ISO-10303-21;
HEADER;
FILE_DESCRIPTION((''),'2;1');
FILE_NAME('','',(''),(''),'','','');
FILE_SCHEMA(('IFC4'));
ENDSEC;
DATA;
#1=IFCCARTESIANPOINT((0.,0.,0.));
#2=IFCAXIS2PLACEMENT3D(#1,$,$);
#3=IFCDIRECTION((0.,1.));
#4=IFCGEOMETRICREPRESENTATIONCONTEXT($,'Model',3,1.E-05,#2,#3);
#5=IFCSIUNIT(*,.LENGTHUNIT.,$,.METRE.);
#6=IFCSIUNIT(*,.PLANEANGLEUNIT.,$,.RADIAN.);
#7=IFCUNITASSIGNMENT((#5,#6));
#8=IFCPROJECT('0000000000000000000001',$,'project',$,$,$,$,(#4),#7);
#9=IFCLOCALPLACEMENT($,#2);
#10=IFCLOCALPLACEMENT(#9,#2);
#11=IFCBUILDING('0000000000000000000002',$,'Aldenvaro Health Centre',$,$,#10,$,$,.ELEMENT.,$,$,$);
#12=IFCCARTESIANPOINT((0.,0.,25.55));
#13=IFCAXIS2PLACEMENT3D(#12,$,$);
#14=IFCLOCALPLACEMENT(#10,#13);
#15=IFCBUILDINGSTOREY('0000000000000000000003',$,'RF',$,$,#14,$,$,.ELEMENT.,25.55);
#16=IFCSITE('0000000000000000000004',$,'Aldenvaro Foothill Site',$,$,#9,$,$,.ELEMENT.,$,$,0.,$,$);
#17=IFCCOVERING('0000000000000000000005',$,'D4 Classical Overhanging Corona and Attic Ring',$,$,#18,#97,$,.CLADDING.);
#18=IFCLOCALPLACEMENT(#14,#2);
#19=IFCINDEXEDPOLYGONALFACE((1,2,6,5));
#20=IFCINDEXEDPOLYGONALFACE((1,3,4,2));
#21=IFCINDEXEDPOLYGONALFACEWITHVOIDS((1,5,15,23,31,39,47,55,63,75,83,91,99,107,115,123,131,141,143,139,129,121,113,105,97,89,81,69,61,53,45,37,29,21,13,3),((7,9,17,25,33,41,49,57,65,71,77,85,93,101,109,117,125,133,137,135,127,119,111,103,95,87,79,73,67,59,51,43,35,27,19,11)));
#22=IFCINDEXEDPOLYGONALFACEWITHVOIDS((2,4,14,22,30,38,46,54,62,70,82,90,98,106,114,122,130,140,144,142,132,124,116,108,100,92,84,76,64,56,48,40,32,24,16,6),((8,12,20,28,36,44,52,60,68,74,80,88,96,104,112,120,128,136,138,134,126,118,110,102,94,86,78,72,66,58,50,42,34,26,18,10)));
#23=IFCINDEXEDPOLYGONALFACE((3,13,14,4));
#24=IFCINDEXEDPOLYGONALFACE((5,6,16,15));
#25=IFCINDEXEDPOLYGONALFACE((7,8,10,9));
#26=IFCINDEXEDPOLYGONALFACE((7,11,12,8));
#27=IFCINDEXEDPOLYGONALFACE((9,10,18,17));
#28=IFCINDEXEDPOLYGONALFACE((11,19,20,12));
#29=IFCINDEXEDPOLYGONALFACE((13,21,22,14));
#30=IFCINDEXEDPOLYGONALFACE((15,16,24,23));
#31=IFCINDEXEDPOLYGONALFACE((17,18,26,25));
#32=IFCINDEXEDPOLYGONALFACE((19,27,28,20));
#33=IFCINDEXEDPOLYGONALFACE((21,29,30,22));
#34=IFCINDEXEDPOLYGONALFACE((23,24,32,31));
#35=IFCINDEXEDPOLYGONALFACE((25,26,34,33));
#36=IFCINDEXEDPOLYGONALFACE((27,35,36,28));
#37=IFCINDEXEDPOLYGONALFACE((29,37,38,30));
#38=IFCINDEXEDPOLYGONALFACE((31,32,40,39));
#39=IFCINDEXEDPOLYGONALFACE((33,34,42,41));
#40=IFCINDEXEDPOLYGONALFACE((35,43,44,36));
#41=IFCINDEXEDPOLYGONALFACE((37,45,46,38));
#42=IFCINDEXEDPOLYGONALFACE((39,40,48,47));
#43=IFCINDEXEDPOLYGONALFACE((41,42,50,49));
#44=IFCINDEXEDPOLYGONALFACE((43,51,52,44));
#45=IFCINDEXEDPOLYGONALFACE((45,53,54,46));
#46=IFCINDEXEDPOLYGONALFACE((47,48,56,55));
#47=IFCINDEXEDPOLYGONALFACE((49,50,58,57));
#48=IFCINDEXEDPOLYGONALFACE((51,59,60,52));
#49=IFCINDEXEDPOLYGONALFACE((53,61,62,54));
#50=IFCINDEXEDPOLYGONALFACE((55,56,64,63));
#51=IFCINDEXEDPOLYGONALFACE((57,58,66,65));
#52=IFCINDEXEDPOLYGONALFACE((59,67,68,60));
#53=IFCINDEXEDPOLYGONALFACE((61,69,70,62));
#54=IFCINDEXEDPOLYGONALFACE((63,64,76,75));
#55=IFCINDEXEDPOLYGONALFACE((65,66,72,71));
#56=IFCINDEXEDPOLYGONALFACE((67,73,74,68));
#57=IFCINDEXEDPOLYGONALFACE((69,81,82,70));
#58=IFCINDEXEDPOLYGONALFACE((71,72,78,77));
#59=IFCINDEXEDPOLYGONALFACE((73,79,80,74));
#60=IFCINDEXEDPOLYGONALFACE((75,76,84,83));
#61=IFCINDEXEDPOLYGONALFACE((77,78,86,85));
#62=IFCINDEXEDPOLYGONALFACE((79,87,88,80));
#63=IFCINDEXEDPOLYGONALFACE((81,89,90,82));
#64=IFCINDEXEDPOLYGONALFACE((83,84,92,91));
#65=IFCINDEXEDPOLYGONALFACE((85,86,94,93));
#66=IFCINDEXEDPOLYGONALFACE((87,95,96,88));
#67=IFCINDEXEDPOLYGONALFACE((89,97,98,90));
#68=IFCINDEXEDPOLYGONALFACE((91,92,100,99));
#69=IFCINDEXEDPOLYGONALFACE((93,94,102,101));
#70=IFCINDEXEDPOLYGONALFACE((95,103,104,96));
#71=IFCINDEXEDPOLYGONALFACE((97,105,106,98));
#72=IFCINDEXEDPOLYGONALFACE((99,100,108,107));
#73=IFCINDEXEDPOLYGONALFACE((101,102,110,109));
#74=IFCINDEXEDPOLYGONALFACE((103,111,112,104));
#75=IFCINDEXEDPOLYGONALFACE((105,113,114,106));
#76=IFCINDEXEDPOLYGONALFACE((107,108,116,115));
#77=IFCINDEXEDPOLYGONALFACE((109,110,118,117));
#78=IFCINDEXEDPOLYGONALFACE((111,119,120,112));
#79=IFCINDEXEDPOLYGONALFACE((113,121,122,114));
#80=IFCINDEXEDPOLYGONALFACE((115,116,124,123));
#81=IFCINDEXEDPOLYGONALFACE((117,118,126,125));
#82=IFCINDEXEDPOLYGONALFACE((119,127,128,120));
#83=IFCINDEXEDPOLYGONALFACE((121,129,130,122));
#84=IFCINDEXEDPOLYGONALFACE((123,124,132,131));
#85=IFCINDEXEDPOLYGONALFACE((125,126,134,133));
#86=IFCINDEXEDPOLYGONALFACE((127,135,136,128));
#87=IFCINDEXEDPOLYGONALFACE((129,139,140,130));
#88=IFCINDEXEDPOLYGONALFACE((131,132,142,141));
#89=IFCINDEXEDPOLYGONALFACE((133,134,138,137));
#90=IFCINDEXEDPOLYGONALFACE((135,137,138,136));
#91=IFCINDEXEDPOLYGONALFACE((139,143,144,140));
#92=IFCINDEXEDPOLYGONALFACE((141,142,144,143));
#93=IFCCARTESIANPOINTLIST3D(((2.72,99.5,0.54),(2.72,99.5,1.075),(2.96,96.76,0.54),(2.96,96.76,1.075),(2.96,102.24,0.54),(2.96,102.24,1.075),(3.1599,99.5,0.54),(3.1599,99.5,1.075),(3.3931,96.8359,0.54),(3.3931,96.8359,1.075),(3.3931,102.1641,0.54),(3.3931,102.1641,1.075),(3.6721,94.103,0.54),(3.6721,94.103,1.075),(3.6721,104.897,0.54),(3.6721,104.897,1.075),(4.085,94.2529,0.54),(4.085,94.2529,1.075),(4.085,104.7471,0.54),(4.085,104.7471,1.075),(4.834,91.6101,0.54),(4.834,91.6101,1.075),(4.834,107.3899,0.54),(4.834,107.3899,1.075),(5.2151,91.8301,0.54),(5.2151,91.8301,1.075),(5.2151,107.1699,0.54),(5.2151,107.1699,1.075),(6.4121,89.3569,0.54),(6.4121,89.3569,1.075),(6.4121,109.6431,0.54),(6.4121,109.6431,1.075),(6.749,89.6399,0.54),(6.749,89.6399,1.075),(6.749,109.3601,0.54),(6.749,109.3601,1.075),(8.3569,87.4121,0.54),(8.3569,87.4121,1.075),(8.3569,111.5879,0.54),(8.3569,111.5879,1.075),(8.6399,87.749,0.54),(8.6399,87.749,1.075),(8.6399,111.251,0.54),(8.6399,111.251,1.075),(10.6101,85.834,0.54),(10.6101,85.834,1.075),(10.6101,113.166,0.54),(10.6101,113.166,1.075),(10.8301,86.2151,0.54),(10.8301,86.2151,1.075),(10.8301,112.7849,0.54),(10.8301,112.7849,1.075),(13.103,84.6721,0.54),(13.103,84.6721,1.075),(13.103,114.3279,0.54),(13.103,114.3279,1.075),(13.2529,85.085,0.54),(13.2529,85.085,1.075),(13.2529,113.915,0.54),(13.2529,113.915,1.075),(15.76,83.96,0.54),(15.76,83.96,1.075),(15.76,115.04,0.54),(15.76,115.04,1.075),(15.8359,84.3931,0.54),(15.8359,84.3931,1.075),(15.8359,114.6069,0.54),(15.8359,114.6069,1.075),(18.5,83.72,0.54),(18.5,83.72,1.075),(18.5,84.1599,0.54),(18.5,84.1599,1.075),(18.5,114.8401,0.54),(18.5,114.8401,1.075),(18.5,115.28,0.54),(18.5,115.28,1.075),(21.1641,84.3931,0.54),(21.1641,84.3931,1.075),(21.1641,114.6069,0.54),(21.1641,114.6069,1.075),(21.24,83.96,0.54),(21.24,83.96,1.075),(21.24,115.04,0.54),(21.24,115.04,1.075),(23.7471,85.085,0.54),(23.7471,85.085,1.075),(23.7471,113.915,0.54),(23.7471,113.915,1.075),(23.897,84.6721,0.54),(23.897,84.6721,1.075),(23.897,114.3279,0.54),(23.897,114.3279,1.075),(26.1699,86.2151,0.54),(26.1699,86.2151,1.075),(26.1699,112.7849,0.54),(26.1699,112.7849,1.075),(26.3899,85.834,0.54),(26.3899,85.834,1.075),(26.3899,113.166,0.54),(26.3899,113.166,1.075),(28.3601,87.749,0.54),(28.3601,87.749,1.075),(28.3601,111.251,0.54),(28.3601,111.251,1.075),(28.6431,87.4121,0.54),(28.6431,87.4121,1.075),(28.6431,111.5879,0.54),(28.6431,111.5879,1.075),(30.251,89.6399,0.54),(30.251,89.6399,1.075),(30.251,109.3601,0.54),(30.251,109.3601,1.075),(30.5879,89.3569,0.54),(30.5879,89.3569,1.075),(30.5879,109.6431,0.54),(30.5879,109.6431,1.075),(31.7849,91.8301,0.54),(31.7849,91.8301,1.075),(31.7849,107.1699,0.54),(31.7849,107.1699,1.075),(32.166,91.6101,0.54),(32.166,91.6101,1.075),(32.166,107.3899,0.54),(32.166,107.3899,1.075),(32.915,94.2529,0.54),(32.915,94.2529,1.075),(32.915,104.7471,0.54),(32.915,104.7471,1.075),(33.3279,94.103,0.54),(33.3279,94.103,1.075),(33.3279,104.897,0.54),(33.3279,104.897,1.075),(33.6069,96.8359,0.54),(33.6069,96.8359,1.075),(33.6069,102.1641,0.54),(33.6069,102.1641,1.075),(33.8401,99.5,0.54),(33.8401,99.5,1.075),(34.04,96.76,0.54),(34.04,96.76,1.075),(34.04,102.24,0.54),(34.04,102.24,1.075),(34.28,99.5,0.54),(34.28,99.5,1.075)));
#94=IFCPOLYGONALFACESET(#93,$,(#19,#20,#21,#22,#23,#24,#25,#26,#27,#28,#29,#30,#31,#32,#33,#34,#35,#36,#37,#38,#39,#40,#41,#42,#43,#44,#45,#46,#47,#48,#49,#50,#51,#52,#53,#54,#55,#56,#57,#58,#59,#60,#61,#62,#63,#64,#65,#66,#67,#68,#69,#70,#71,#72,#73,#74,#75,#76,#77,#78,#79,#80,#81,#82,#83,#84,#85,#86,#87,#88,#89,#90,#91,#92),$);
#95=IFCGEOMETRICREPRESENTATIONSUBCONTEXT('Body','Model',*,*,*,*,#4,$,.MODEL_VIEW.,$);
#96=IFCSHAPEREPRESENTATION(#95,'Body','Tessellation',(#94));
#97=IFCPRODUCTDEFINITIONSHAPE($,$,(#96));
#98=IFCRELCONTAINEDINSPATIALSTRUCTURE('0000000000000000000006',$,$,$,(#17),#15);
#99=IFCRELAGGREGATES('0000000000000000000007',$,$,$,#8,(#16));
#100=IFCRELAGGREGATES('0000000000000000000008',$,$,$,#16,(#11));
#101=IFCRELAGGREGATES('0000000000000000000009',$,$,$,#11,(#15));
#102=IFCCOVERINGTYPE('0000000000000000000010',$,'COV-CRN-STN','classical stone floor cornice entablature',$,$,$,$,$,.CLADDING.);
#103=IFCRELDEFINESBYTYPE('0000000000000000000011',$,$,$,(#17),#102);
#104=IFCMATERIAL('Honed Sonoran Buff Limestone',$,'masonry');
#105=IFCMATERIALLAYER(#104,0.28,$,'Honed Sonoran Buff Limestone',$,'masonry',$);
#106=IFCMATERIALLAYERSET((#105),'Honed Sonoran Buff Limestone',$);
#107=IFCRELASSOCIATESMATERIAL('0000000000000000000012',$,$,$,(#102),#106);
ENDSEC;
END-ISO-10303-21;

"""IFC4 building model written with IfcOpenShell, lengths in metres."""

from ifc_helpers import new_model, si_unit, direction, frame, origin, place, context, subcontext, project, spatial, polyline, outline, extrude, material, layer, layer_set, type_object, element, save


model = new_model("IFC4")

# Units and contexts
model_context = context("Model", 3, precision=1e-05, world=origin(), true_north=direction((0.0, 1.0)))
body_context = subcontext(model_context, "Body", "Model", "MODEL_VIEW")
ifc_project = project(units=[si_unit("LENGTHUNIT", "METRE"), si_unit("PLANEANGLEUNIT", "RADIAN")], contexts=[model_context])

# Site, building, storey
site_placement = place(None, origin())
site = spatial("IfcSite", under=ifc_project, at=site_placement, Name="Aldenvaro Foothill Site", CompositionType="ELEMENT", RefElevation=0.0)
building_placement = place(site_placement, origin())
building = spatial("IfcBuilding", under=site, at=building_placement, Name="Aldenvaro Health Centre", CompositionType="ELEMENT")
storey_placement = place(building_placement, frame((0.0, 0.0, 25.55)))
storey = spatial("IfcBuildingStorey", under=building, at=storey_placement, Name="RF", CompositionType="ELEMENT", Elevation=25.55)

# Covering
ifc_material_1 = material(Name="Honed Sonoran Buff Limestone", Category="masonry")
ifc_layer_1 = layer(ifc_material_1, 0.28, Name="Honed Sonoran Buff Limestone", Category="masonry")
ifc_layer_set_1 = layer_set([ifc_layer_1], Name="Honed Sonoran Buff Limestone")
covering_type = type_object("IfcCoveringType", Name="COV-CRN-STN", Description="classical stone floor cornice entablature", PredefinedType="CLADDING", material=ifc_layer_set_1)
covering_1_placement = place(storey_placement, frame((0.0, 0.0, 0.54)))
element("IfcCovering", 1, at=covering_1_placement, inside=storey, type_object=covering_type, Name="D4 Classical Overhanging Corona and Attic Ring", PredefinedType="CLADDING", context=body_context, shape_type="SweptSolid", body=[
    extrude(outline(polyline([(34.28, 99.5), (34.04, 102.24), (33.3279, 104.897), (32.166, 107.3899), (30.5879, 109.6431), (28.6431, 111.5879), (26.3899, 113.166), (23.897, 114.3279), (21.24, 115.04), (18.5, 115.28), (15.76, 115.04), (13.103, 114.3279), (10.6101, 113.166), (8.3569, 111.5879), (6.4121, 109.6431), (4.834, 107.3899), (3.6721, 104.897), (2.96, 102.24), (2.72, 99.5), (2.96, 96.76), (3.6721, 94.103), (4.834, 91.6101), (6.4121, 89.3569), (8.3569, 87.4121), (10.6101, 85.834), (13.103, 84.6721), (15.76, 83.96), (18.5, 83.72), (21.24, 83.96), (23.897, 84.6721), (26.3899, 85.834), (28.6431, 87.4121), (30.5879, 89.3569), (32.166, 91.6101), (33.3279, 94.103), (34.04, 96.76), (34.28, 99.5)]), holes=[polyline([(33.8401, 99.5), (33.6069, 96.8359), (32.915, 94.2529), (31.7849, 91.8301), (30.251, 89.6399), (28.3601, 87.749), (26.1699, 86.2151), (23.7471, 85.085), (21.1641, 84.3931), (18.5, 84.1599), (15.8359, 84.3931), (13.2529, 85.085), (10.8301, 86.2151), (8.6399, 87.749), (6.749, 89.6399), (5.2151, 91.8301), (4.085, 94.2529), (3.3931, 96.8359), (3.1599, 99.5), (3.3931, 102.1641), (4.085, 104.7471), (5.2151, 107.1699), (6.749, 109.3601), (8.6399, 111.251), (10.8301, 112.7849), (13.2529, 113.915), (15.8359, 114.6069), (18.5, 114.8401), (21.1641, 114.6069), (23.7471, 113.915), (26.1699, 112.7849), (28.3601, 111.251), (30.251, 109.3601), (31.7849, 107.1699), (32.915, 104.7471), (33.6069, 102.1641), (33.8401, 99.5)])]), origin(), (0.0, 0.0, 1.0), 0.5349),
])

save(model, "model.ifc")
